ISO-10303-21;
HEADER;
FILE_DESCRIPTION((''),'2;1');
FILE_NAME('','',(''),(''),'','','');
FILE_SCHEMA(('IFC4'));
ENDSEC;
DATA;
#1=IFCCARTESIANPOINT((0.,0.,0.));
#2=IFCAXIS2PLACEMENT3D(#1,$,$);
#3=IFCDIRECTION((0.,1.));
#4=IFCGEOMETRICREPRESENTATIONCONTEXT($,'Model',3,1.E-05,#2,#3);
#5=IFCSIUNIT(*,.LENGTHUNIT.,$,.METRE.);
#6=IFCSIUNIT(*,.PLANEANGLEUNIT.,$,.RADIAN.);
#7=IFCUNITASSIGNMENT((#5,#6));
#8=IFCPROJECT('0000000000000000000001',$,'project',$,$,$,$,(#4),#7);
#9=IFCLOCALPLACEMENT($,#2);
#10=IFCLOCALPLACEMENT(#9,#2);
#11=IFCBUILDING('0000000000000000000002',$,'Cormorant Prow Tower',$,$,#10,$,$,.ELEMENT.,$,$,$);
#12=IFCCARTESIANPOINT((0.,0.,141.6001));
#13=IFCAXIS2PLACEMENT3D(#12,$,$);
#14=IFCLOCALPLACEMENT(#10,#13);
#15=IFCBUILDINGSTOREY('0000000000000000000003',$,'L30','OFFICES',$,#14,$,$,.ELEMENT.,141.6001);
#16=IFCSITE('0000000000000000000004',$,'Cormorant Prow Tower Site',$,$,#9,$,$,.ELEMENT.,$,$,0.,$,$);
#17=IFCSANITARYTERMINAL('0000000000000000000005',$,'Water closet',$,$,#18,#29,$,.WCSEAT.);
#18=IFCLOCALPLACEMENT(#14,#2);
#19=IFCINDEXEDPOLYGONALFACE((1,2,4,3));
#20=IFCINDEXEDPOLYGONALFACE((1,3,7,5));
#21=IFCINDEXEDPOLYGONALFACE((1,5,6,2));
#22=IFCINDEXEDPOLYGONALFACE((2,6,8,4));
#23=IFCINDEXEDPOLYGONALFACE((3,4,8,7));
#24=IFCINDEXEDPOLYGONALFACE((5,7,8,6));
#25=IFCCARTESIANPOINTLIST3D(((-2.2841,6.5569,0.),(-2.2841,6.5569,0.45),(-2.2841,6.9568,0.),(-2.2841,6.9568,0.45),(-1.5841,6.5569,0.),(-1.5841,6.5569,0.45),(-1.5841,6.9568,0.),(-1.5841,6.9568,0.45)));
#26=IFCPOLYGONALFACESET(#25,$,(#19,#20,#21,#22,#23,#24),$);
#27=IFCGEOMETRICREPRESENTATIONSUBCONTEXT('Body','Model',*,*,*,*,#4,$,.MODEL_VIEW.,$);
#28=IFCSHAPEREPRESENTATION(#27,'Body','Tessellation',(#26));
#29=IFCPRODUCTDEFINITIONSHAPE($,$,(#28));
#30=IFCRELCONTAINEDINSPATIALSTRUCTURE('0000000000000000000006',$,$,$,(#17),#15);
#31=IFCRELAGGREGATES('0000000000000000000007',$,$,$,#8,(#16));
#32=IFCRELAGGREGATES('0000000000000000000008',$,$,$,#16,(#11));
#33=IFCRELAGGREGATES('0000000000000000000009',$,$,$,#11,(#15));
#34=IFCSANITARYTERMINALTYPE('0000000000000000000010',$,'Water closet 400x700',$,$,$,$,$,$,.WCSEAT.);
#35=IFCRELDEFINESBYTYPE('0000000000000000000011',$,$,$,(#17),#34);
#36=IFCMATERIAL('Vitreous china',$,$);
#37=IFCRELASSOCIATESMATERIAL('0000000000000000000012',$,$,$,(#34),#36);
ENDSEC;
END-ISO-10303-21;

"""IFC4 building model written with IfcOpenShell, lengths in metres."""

from ifc_helpers import new_model, si_unit, direction, frame, origin, origin_2d, place, context, subcontext, project, spatial, rectangle, extrude, material, type_object, element, save


model = new_model("IFC4")

# Units and contexts
model_context = context("Model", 3, precision=1e-05, world=origin(), true_north=direction((0.0, 1.0)))
body_context = subcontext(model_context, "Body", "Model", "MODEL_VIEW")
ifc_project = project(units=[si_unit("LENGTHUNIT", "METRE"), si_unit("PLANEANGLEUNIT", "RADIAN")], contexts=[model_context])

# Site, building, storey
site_placement = place(None, origin())
site = spatial("IfcSite", under=ifc_project, at=site_placement, Name="Cormorant Prow Tower Site", CompositionType="ELEMENT", RefElevation=0.0)
building_placement = place(site_placement, origin())
building = spatial("IfcBuilding", under=site, at=building_placement, Name="Cormorant Prow Tower", CompositionType="ELEMENT")
storey_placement = place(building_placement, frame((0.0, 0.0, 141.6001)))
storey = spatial("IfcBuildingStorey", under=building, at=storey_placement, Name="L30", Description="OFFICES", CompositionType="ELEMENT", Elevation=141.6001)

# Sanitary terminal
ifc_material_1 = material(Name="Vitreous china")
sanitary_terminal_type_1 = type_object("IfcSanitaryTerminalType", Name="Water closet 400x700", PredefinedType="WCSEAT", material=ifc_material_1)
for number, where, z_axis, x_axis, name in (
    (1, (-1.9341, 6.7568, 0.0), (0.0, 0.0, 1.0), (0.0, 1.0, 0.0), "Water closet"),
):
    element("IfcSanitaryTerminal", number, at=place(storey_placement, frame(where, z_axis=z_axis, x_axis=x_axis)), inside=storey, type_object=sanitary_terminal_type_1, Name=name, PredefinedType="WCSEAT", context=body_context, shape_type="SweptSolid", body=[
        extrude(rectangle(XDim=0.3999, YDim=0.7, at=origin_2d()), origin(), (0.0, 0.0, 1.0), 0.45),
    ])

save(model, "model.ifc")
